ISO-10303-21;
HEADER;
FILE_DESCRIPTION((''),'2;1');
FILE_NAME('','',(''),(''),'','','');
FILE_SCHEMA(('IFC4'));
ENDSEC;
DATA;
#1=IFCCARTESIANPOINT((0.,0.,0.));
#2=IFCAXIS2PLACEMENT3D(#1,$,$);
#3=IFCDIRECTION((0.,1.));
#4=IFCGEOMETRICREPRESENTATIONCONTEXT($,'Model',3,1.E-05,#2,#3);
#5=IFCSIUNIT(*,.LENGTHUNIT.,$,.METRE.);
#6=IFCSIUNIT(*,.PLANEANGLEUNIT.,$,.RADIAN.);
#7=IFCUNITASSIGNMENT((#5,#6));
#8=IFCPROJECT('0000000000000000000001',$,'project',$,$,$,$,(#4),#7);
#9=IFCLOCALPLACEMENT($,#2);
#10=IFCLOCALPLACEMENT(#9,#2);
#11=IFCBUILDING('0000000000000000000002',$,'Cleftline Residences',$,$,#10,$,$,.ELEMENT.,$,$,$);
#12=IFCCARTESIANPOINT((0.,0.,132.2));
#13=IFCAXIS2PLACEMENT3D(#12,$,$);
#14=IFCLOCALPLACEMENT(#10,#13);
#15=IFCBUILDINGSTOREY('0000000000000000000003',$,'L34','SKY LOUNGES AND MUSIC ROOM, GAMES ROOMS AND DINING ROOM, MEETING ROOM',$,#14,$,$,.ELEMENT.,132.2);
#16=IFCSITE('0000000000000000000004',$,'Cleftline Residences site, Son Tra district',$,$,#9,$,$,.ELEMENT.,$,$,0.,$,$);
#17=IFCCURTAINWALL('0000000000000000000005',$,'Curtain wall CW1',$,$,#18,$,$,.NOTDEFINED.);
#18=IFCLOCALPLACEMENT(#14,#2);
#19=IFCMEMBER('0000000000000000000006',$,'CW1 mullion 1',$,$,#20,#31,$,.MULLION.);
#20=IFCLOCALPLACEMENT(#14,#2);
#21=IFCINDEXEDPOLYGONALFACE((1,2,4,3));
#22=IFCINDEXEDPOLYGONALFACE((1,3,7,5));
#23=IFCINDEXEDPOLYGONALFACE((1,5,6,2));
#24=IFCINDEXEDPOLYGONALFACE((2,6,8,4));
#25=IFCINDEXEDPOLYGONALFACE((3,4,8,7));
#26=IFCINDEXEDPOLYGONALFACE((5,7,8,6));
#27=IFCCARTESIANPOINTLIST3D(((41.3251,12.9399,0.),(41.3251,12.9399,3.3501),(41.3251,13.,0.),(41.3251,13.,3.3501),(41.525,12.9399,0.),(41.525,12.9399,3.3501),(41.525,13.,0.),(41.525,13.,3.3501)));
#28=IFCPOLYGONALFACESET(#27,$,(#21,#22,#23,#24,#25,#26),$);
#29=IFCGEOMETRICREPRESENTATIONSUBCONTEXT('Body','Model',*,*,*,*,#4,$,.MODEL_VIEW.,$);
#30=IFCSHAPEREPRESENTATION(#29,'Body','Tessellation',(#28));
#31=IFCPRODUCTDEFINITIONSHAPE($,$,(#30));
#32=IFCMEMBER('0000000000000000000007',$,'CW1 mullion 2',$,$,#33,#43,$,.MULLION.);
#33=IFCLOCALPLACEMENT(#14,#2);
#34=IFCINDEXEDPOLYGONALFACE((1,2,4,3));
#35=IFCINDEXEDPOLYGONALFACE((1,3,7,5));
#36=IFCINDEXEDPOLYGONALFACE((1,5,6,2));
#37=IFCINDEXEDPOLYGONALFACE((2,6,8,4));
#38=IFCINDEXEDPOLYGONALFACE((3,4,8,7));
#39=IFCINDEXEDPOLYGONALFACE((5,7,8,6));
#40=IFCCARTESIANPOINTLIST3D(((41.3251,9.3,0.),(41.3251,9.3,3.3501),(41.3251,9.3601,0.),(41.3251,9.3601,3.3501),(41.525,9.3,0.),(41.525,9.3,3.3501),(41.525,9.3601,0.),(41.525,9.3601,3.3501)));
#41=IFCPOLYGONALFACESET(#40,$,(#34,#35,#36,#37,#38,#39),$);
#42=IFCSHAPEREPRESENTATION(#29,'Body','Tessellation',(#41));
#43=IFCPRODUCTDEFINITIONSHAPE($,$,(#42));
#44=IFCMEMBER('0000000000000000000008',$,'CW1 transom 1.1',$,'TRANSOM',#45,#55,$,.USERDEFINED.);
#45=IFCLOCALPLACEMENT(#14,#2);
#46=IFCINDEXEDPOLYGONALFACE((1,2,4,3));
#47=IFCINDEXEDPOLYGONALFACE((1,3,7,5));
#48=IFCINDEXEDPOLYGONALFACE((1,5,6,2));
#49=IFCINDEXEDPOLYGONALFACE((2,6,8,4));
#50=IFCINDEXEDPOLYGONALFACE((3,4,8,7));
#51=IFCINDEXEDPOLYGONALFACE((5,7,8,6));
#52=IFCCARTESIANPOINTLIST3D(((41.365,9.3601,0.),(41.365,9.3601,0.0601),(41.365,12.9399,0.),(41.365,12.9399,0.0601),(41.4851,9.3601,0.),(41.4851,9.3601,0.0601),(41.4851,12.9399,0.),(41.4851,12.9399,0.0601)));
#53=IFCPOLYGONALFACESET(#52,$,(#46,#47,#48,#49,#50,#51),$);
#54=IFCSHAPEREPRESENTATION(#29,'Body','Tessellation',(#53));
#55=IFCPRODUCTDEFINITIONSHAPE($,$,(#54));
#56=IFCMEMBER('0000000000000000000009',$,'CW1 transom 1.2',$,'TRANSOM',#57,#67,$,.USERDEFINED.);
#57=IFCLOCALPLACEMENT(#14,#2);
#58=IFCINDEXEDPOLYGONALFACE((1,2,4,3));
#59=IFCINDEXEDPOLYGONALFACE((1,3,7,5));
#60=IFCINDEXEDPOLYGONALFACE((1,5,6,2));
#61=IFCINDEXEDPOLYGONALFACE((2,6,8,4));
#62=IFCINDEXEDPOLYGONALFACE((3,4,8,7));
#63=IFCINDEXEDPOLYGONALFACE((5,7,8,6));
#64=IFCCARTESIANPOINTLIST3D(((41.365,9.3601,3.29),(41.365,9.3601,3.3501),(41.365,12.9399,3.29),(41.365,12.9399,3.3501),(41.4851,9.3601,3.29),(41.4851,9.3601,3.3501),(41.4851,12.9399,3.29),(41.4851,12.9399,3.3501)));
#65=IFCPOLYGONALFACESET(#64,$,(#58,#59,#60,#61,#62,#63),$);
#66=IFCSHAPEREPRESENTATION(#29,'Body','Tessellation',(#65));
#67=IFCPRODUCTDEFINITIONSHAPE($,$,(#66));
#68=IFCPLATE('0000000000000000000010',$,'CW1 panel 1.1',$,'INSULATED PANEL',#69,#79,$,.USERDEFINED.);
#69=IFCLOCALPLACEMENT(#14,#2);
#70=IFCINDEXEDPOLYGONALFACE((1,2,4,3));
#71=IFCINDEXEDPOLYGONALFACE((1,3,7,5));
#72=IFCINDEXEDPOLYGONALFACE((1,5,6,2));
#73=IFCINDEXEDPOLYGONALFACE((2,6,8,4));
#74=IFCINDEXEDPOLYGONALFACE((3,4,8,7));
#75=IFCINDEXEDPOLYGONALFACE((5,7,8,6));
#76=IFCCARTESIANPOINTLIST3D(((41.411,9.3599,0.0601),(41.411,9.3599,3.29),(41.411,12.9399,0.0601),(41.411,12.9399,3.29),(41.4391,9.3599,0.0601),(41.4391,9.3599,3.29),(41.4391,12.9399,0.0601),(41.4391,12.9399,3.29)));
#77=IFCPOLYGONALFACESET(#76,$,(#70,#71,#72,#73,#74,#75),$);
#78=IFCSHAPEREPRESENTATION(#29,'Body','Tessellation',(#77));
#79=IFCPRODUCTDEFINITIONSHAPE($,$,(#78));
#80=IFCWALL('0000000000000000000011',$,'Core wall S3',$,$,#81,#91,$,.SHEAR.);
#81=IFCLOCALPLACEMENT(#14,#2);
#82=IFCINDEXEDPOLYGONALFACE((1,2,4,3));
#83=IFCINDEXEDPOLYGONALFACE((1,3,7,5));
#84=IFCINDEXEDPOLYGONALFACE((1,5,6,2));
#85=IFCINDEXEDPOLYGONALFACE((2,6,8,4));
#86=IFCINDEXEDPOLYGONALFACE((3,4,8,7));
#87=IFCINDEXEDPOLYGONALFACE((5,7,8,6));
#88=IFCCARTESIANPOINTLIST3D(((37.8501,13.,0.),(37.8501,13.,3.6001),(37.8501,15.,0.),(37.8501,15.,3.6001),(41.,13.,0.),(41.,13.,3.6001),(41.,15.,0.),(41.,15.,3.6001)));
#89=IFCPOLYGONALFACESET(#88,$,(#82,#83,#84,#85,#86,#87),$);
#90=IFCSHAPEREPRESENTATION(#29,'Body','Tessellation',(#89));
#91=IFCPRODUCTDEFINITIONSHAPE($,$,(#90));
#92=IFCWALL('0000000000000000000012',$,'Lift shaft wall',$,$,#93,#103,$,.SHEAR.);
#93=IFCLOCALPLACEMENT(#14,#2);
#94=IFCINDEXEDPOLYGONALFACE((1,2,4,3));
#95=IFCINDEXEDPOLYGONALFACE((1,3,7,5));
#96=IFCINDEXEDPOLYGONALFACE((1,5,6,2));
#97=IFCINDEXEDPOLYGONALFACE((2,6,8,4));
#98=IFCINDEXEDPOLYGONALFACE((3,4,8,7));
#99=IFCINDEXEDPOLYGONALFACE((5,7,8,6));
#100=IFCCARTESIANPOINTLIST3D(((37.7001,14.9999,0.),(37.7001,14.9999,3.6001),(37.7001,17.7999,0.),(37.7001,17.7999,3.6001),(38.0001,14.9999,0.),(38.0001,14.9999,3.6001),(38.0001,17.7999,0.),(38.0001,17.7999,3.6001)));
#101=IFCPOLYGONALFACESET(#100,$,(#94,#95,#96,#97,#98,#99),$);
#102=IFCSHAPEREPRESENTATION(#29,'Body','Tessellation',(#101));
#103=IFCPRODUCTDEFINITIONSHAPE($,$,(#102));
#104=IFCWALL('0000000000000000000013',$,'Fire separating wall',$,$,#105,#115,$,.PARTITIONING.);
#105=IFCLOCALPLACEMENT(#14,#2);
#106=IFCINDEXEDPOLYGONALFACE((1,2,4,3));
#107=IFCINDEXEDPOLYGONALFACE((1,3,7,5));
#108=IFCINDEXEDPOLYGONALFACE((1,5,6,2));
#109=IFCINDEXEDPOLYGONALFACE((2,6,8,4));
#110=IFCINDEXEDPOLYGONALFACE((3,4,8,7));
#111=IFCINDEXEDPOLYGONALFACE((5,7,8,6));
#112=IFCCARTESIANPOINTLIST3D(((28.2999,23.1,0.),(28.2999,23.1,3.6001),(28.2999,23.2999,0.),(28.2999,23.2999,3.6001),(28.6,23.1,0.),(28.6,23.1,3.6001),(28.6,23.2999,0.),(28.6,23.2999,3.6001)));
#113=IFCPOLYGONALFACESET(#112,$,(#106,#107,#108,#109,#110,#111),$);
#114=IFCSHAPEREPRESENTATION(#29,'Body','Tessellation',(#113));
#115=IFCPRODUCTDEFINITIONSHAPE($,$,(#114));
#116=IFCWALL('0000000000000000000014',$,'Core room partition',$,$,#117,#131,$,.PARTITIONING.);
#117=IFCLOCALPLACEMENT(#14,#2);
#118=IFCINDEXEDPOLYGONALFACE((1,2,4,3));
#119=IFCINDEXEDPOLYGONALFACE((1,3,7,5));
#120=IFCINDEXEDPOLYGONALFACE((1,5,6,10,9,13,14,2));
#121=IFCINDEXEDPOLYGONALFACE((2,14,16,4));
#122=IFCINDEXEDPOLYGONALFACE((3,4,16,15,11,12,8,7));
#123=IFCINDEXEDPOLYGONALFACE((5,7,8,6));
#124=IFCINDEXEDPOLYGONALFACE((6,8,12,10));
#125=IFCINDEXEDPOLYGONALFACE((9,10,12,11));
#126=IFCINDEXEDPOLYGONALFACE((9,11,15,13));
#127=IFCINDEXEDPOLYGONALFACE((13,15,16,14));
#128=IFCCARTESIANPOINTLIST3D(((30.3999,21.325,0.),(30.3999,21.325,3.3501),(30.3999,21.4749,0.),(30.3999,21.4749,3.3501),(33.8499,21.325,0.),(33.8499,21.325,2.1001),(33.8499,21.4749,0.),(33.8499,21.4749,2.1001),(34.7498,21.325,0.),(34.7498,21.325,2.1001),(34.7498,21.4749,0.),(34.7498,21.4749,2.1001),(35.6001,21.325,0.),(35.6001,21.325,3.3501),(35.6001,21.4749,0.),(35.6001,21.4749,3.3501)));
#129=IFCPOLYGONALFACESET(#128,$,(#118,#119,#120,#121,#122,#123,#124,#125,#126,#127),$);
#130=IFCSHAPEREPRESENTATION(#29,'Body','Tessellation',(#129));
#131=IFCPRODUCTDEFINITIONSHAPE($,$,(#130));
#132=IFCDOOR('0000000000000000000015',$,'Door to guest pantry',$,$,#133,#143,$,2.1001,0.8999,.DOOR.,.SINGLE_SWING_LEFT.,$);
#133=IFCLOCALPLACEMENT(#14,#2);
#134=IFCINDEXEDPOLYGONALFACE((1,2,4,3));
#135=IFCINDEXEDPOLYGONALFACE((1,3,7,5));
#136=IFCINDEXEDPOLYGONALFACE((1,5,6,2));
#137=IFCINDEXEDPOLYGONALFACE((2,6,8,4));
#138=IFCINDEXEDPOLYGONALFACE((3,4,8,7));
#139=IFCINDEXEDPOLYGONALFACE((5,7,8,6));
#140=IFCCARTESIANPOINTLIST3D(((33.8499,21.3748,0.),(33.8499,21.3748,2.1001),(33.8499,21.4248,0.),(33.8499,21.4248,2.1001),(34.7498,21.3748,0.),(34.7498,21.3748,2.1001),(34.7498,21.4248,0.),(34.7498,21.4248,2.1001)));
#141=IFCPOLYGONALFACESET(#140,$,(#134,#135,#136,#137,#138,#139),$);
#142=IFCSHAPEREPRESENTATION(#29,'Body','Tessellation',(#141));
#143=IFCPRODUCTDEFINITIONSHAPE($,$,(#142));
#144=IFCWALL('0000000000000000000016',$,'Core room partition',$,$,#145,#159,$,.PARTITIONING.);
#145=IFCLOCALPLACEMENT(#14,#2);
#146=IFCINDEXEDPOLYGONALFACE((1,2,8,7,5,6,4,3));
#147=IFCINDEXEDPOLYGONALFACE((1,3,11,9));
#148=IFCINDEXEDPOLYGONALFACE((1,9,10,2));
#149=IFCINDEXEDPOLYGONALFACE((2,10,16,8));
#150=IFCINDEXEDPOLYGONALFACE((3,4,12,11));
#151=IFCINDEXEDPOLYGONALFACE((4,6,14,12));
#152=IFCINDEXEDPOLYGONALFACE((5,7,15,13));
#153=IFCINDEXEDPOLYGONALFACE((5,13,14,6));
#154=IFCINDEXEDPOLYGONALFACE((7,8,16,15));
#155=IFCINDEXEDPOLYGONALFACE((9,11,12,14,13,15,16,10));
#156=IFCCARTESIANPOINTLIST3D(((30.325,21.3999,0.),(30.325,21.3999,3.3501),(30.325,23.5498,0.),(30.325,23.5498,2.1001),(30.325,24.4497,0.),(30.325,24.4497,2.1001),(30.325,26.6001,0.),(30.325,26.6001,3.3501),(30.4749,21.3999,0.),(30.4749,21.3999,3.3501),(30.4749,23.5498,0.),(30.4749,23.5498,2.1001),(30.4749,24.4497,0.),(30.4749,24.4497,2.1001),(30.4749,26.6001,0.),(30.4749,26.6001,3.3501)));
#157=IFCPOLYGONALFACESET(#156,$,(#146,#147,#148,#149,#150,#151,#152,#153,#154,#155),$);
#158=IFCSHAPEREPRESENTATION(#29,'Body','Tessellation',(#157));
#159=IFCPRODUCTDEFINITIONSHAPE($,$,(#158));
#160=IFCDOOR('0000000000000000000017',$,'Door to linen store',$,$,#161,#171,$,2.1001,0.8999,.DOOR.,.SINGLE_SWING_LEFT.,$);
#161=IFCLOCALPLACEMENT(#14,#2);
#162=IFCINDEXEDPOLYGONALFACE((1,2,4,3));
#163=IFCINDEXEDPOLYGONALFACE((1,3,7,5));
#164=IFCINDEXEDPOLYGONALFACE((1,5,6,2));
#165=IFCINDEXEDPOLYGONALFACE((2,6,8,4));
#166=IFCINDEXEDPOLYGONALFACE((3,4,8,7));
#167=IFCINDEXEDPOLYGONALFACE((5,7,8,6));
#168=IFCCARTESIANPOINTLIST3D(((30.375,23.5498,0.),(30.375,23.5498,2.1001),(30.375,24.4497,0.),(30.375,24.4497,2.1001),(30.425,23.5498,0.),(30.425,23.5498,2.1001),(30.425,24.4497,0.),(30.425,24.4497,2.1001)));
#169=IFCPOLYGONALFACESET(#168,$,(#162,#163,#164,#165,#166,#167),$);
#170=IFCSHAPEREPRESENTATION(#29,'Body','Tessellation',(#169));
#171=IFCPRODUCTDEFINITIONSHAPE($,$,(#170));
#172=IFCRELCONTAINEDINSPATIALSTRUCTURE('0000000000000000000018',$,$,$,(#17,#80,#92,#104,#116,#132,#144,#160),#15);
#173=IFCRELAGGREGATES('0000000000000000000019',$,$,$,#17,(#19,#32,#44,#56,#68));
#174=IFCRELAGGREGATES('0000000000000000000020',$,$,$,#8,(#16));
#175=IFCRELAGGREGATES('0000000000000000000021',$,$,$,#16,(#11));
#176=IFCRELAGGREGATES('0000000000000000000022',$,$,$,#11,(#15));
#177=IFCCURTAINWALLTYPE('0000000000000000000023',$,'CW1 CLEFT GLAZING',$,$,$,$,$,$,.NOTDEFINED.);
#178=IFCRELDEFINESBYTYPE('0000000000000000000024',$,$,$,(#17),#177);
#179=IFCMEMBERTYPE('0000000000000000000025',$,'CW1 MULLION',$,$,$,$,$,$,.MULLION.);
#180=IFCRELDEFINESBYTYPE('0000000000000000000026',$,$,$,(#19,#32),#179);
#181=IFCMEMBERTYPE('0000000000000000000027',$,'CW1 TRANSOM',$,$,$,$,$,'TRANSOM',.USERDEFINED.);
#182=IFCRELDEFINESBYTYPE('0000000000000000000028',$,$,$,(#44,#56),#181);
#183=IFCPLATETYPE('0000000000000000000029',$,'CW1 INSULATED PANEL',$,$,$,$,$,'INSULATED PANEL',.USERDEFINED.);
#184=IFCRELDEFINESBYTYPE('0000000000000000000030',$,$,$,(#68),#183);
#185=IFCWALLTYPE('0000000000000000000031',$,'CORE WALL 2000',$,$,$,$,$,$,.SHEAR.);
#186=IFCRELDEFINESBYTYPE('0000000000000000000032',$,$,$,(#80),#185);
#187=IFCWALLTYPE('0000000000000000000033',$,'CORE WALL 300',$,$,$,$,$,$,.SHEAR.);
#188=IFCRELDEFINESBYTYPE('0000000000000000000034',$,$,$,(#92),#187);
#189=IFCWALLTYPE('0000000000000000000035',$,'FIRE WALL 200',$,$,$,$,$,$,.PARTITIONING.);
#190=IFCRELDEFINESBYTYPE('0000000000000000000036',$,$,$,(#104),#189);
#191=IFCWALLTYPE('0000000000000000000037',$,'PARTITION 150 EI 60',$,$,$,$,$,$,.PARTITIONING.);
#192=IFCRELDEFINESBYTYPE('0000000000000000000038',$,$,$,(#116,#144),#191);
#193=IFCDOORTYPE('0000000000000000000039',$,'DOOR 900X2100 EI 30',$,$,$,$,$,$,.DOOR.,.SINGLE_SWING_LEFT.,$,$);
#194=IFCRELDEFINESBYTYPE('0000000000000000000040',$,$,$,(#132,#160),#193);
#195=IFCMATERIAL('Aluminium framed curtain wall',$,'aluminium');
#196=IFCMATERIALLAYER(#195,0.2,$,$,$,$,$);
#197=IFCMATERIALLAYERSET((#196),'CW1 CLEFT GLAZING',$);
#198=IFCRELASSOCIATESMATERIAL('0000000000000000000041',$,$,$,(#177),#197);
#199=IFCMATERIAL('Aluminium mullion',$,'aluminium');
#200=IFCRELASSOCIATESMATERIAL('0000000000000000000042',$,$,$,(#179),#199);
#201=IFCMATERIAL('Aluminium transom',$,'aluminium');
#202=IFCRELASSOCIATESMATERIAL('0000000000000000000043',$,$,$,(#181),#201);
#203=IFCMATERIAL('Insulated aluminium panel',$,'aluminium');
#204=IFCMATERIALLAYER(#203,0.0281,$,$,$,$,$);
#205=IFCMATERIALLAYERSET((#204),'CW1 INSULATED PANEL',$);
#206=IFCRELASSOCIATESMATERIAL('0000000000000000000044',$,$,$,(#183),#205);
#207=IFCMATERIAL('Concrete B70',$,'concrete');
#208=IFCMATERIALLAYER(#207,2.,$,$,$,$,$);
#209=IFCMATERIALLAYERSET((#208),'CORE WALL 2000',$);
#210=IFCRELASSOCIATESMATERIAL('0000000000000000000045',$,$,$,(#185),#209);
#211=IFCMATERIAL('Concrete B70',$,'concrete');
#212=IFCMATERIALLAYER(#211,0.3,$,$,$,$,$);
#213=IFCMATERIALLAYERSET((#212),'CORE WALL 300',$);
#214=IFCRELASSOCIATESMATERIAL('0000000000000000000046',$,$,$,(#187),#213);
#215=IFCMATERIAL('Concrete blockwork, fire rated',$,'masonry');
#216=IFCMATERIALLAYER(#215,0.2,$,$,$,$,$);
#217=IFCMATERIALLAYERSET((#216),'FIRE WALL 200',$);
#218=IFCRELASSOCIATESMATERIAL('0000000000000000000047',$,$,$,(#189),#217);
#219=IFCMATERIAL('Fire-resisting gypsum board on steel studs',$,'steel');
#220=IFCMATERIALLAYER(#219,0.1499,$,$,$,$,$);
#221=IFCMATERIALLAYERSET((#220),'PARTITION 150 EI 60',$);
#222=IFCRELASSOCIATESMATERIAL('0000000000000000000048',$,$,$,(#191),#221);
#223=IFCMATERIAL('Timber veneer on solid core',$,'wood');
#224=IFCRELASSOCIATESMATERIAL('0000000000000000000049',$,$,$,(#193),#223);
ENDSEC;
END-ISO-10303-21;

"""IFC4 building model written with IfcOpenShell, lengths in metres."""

from ifc_helpers import new_model, si_unit, direction, frame, frame_2d, origin, origin_2d, place, context, subcontext, project, spatial, rectangle, extrude, material, layer, layer_set, material_profile, profile_set, type_object, element, fill, aggregate, save


model = new_model("IFC4")

# Units and contexts
model_context = context("Model", 3, precision=1e-05, world=origin(), true_north=direction((0.0, 1.0)))
body_context = subcontext(model_context, "Body", "Model", "MODEL_VIEW")
ifc_project = project(units=[si_unit("LENGTHUNIT", "METRE"), si_unit("PLANEANGLEUNIT", "RADIAN")], contexts=[model_context])

# Site, building, storey
site_placement = place(None, origin())
site = spatial("IfcSite", under=ifc_project, at=site_placement, Name="Cleftline Residences site, Son Tra district", CompositionType="ELEMENT", RefElevation=0.0)
building_placement = place(site_placement, origin())
building = spatial("IfcBuilding", under=site, at=building_placement, Name="Cleftline Residences", CompositionType="ELEMENT")
storey_placement = place(building_placement, frame((0.0, 0.0, 132.2)))
storey = spatial("IfcBuildingStorey", under=building, at=storey_placement, Name="L34", Description="SKY LOUNGES AND MUSIC ROOM, GAMES ROOMS AND DINING ROOM, MEETING ROOM", CompositionType="ELEMENT", Elevation=132.2)

# Curtain wall, members, plate
ifc_material_1 = material(Name="Aluminium framed curtain wall", Category="aluminium")
ifc_layer_1 = layer(ifc_material_1, 0.2)
ifc_layer_set_1 = layer_set([ifc_layer_1], Name="CW1 CLEFT GLAZING")
curtain_wall_type = type_object("IfcCurtainWallType", Name="CW1 CLEFT GLAZING", PredefinedType="NOTDEFINED", material=ifc_layer_set_1)
curtain_wall_placement = place(storey_placement, origin())
curtain_wall = element("IfcCurtainWall", 1, at=curtain_wall_placement, inside=storey, type_object=curtain_wall_type, Name="Curtain wall CW1", PredefinedType="NOTDEFINED")
ifc_material_2 = material(Name="Aluminium mullion", Category="aluminium")
ifc_material_profile_1 = material_profile(ifc_material_2, rectangle(XDim=0.2, YDim=0.0601, at=origin_2d()))
ifc_profile_set_1 = profile_set([ifc_material_profile_1], Name="Aluminium mullion")
member_type_1 = type_object("IfcMemberType", Name="CW1 MULLION", PredefinedType="MULLION", material=ifc_profile_set_1)
member_1_placement = place(storey_placement, frame((41.425, 12.97, 0.0), z_axis=(0.0, 0.0, 1.0), x_axis=(1.0, 0.0, 0.0)))
member_1 = element("IfcMember", 2, at=member_1_placement, type_object=member_type_1, Name="CW1 mullion 1", PredefinedType="MULLION", context=body_context, shape_type="SweptSolid", body=[
    extrude(rectangle(XDim=0.2, YDim=0.0601, at=origin_2d()), origin(), (0.0, 0.0, 1.0), 3.3501),
])
member_2_placement = place(storey_placement, frame((41.425, 9.3301, 0.0), z_axis=(0.0, 0.0, 1.0), x_axis=(1.0, 0.0, 0.0)))
member_2 = element("IfcMember", 3, at=member_2_placement, type_object=member_type_1, Name="CW1 mullion 2", PredefinedType="MULLION", context=body_context, shape_type="SweptSolid", body=[
    extrude(rectangle(XDim=0.2, YDim=0.0601, at=origin_2d()), origin(), (0.0, 0.0, 1.0), 3.3501),
])
ifc_material_3 = material(Name="Aluminium transom", Category="aluminium")
ifc_material_profile_2 = material_profile(ifc_material_3, rectangle(XDim=0.1201, YDim=0.0601, at=origin_2d()))
ifc_profile_set_2 = profile_set([ifc_material_profile_2], Name="Aluminium transom")
member_type_2 = type_object("IfcMemberType", Name="CW1 TRANSOM", ElementType="TRANSOM", PredefinedType="USERDEFINED", material=ifc_profile_set_2)
member_3_placement = place(storey_placement, frame((41.425, 12.9399, 0.03), z_axis=(0.0, -1.0, 0.0), x_axis=(1.0, 0.0, 0.0)))
member_3 = element("IfcMember", 4, at=member_3_placement, type_object=member_type_2, Name="CW1 transom 1.1", ObjectType="TRANSOM", PredefinedType="USERDEFINED", context=body_context, shape_type="SweptSolid", body=[
    extrude(rectangle(XDim=0.1201, YDim=0.0601, at=origin_2d()), origin(), (0.0, 0.0, 1.0), 3.5798),
])
member_4_placement = place(storey_placement, frame((41.425, 12.9399, 3.3201), z_axis=(0.0, -1.0, 0.0), x_axis=(1.0, 0.0, 0.0)))
member_4 = element("IfcMember", 5, at=member_4_placement, type_object=member_type_2, Name="CW1 transom 1.2", ObjectType="TRANSOM", PredefinedType="USERDEFINED", context=body_context, shape_type="SweptSolid", body=[
    extrude(rectangle(XDim=0.1201, YDim=0.0601, at=origin_2d()), origin(), (0.0, 0.0, 1.0), 3.5798),
])
ifc_material_4 = material(Name="Insulated aluminium panel", Category="aluminium")
ifc_layer_2 = layer(ifc_material_4, 0.0281)
ifc_layer_set_2 = layer_set([ifc_layer_2], Name="CW1 INSULATED PANEL")
plate_type = type_object("IfcPlateType", Name="CW1 INSULATED PANEL", ElementType="INSULATED PANEL", PredefinedType="USERDEFINED", material=ifc_layer_set_2)
plate_placement = place(storey_placement, frame((41.425, 11.1499, 0.0601), z_axis=(0.0, 0.0, 1.0), x_axis=(0.0, -1.0, 0.0)))
plate = element("IfcPlate", 6, at=plate_placement, type_object=plate_type, Name="CW1 panel 1.1", ObjectType="INSULATED PANEL", PredefinedType="USERDEFINED", context=body_context, shape_type="SweptSolid", body=[
    extrude(rectangle(XDim=3.5801, YDim=0.0281, at=origin_2d()), origin(), (0.0, 0.0, 1.0), 3.23),
])
aggregate(curtain_wall, [member_1, member_2, member_3, member_4, plate])

# Walls
ifc_material_5 = material(Name="Concrete B70", Category="concrete")
ifc_layer_3 = layer(ifc_material_5, 2.0)
ifc_layer_set_3 = layer_set([ifc_layer_3], Name="CORE WALL 2000")
wall_type_1 = type_object("IfcWallType", Name="CORE WALL 2000", PredefinedType="SHEAR", material=ifc_layer_set_3)
wall_1_placement = place(storey_placement, frame((37.8501, 14.0, 0.0), z_axis=(0.0, 0.0, 1.0), x_axis=(1.0, 0.0, 0.0)))
element("IfcWall", 7, at=wall_1_placement, inside=storey, type_object=wall_type_1, Name="Core wall S3", PredefinedType="SHEAR", context=body_context, shape_type="SweptSolid", body=[
    extrude(rectangle(XDim=3.1499, YDim=2.0, at=frame_2d((1.575, 0.0))), origin(), (0.0, 0.0, 1.0), 3.6001),
])
ifc_material_6 = material(Name="Concrete B70", Category="concrete")
ifc_layer_4 = layer(ifc_material_6, 0.3)
ifc_layer_set_4 = layer_set([ifc_layer_4], Name="CORE WALL 300")
wall_type_2 = type_object("IfcWallType", Name="CORE WALL 300", PredefinedType="SHEAR", material=ifc_layer_set_4)
wall_2_placement = place(storey_placement, frame((37.8501, 15.0, 0.0), z_axis=(0.0, 0.0, 1.0), x_axis=(0.0, 1.0, 0.0)))
element("IfcWall", 8, at=wall_2_placement, inside=storey, type_object=wall_type_2, Name="Lift shaft wall", PredefinedType="SHEAR", context=body_context, shape_type="SweptSolid", body=[
    extrude(rectangle(XDim=2.8, YDim=0.3, at=frame_2d((1.3999, 0.0))), origin(), (0.0, 0.0, 1.0), 3.6001),
])
ifc_material_7 = material(Name="Concrete blockwork, fire rated", Category="masonry")
ifc_layer_5 = layer(ifc_material_7, 0.2)
ifc_layer_set_5 = layer_set([ifc_layer_5], Name="FIRE WALL 200")
wall_type_3 = type_object("IfcWallType", Name="FIRE WALL 200", PredefinedType="PARTITIONING", material=ifc_layer_set_5)
wall_3_placement = place(storey_placement, frame((28.3, 23.2, 0.0), z_axis=(0.0, 0.0, 1.0), x_axis=(1.0, 0.0, 0.0)))
element("IfcWall", 9, at=wall_3_placement, inside=storey, type_object=wall_type_3, Name="Fire separating wall", PredefinedType="PARTITIONING", context=body_context, shape_type="SweptSolid", body=[
    extrude(rectangle(XDim=0.3, YDim=0.2, at=frame_2d((0.1499, 0.0))), origin(), (0.0, 0.0, 1.0), 3.6001),
])

# Walls, openings, doors
ifc_material_8 = material(Name="Fire-resisting gypsum board on steel studs", Category="steel")
ifc_layer_6 = layer(ifc_material_8, 0.1499)
ifc_layer_set_6 = layer_set([ifc_layer_6], Name="PARTITION 150 EI 60")
wall_type_4 = type_object("IfcWallType", Name="PARTITION 150 EI 60", PredefinedType="PARTITIONING", material=ifc_layer_set_6)
wall_4_placement = place(storey_placement, frame((30.3999, 21.3999, 0.0), z_axis=(0.0, 0.0, 1.0), x_axis=(1.0, 0.0, 0.0)))
wall_4 = element("IfcWall", 10, at=wall_4_placement, inside=storey, type_object=wall_type_4, Name="Core room partition", PredefinedType="PARTITIONING", context=body_context, shape_type="SweptSolid", body=[
    extrude(rectangle(XDim=5.2002, YDim=0.1499, at=frame_2d((2.6001, 0.0))), origin(), (0.0, 0.0, 1.0), 3.3501),
])
opening_1_placement = place(wall_4_placement, frame((3.45, 0.0, 0.0)))
opening_1 = element("IfcOpeningElement", 11, at=opening_1_placement, cuts=wall_4, PredefinedType="OPENING", context=body_context, shape_type="SweptSolid", body=[
    extrude(rectangle(XDim=0.8999, YDim=2.1001, at=frame_2d((0.45, 1.05))), frame((0.0, 0.085, 0.0), z_axis=(0.0, -1.0, 0.0), x_axis=(1.0, 0.0, 0.0)), (0.0, 0.0, 1.0), 0.1699),
])
ifc_material_9 = material(Name="Timber veneer on solid core", Category="wood")
door_type_1 = type_object("IfcDoorType", Name="DOOR 900X2100 EI 30", OperationType="SINGLE_SWING_LEFT", PredefinedType="DOOR", material=ifc_material_9)
door_1_placement = place(opening_1_placement, origin())
door_1 = element("IfcDoor", 12, at=door_1_placement, inside=storey, type_object=door_type_1, Name="Door to guest pantry", OperationType="SINGLE_SWING_LEFT", OverallHeight=2.1001, OverallWidth=0.8999, PredefinedType="DOOR", context=body_context, shape_type="SweptSolid", body=[
    extrude(rectangle(XDim=0.8999, YDim=2.1001, at=frame_2d((0.45, 1.05))), frame((0.0, 0.0249, 0.0), z_axis=(0.0, -1.0, 0.0), x_axis=(1.0, 0.0, 0.0)), (0.0, 0.0, 1.0), 0.05),
])
fill(opening_1, door_1)
wall_5_placement = place(storey_placement, frame((30.3999, 21.3999, 0.0), z_axis=(0.0, 0.0, 1.0), x_axis=(0.0, 1.0, 0.0)))
wall_5 = element("IfcWall", 13, at=wall_5_placement, inside=storey, type_object=wall_type_4, Name="Core room partition", PredefinedType="PARTITIONING", context=body_context, shape_type="SweptSolid", body=[
    extrude(rectangle(XDim=5.2002, YDim=0.1499, at=frame_2d((2.6001, 0.0))), origin(), (0.0, 0.0, 1.0), 3.3501),
])
opening_2_placement = place(wall_5_placement, frame((2.1499, 0.0, 0.0)))
opening_2 = element("IfcOpeningElement", 14, at=opening_2_placement, cuts=wall_5, PredefinedType="OPENING", context=body_context, shape_type="SweptSolid", body=[
    extrude(rectangle(XDim=0.8999, YDim=2.1001, at=frame_2d((0.45, 1.05))), frame((0.0, 0.085, 0.0), z_axis=(0.0, -1.0, 0.0), x_axis=(1.0, 0.0, 0.0)), (0.0, 0.0, 1.0), 0.1699),
])
door_2_placement = place(opening_2_placement, origin())
door_2 = element("IfcDoor", 15, at=door_2_placement, inside=storey, type_object=door_type_1, Name="Door to linen store", OperationType="SINGLE_SWING_LEFT", OverallHeight=2.1001, OverallWidth=0.8999, PredefinedType="DOOR", context=body_context, shape_type="SweptSolid", body=[
    extrude(rectangle(XDim=0.8999, YDim=2.1001, at=frame_2d((0.45, 1.05))), frame((0.0, 0.0249, 0.0), z_axis=(0.0, -1.0, 0.0), x_axis=(1.0, 0.0, 0.0)), (0.0, 0.0, 1.0), 0.05),
])
fill(opening_2, door_2)

save(model, "model.ifc")
